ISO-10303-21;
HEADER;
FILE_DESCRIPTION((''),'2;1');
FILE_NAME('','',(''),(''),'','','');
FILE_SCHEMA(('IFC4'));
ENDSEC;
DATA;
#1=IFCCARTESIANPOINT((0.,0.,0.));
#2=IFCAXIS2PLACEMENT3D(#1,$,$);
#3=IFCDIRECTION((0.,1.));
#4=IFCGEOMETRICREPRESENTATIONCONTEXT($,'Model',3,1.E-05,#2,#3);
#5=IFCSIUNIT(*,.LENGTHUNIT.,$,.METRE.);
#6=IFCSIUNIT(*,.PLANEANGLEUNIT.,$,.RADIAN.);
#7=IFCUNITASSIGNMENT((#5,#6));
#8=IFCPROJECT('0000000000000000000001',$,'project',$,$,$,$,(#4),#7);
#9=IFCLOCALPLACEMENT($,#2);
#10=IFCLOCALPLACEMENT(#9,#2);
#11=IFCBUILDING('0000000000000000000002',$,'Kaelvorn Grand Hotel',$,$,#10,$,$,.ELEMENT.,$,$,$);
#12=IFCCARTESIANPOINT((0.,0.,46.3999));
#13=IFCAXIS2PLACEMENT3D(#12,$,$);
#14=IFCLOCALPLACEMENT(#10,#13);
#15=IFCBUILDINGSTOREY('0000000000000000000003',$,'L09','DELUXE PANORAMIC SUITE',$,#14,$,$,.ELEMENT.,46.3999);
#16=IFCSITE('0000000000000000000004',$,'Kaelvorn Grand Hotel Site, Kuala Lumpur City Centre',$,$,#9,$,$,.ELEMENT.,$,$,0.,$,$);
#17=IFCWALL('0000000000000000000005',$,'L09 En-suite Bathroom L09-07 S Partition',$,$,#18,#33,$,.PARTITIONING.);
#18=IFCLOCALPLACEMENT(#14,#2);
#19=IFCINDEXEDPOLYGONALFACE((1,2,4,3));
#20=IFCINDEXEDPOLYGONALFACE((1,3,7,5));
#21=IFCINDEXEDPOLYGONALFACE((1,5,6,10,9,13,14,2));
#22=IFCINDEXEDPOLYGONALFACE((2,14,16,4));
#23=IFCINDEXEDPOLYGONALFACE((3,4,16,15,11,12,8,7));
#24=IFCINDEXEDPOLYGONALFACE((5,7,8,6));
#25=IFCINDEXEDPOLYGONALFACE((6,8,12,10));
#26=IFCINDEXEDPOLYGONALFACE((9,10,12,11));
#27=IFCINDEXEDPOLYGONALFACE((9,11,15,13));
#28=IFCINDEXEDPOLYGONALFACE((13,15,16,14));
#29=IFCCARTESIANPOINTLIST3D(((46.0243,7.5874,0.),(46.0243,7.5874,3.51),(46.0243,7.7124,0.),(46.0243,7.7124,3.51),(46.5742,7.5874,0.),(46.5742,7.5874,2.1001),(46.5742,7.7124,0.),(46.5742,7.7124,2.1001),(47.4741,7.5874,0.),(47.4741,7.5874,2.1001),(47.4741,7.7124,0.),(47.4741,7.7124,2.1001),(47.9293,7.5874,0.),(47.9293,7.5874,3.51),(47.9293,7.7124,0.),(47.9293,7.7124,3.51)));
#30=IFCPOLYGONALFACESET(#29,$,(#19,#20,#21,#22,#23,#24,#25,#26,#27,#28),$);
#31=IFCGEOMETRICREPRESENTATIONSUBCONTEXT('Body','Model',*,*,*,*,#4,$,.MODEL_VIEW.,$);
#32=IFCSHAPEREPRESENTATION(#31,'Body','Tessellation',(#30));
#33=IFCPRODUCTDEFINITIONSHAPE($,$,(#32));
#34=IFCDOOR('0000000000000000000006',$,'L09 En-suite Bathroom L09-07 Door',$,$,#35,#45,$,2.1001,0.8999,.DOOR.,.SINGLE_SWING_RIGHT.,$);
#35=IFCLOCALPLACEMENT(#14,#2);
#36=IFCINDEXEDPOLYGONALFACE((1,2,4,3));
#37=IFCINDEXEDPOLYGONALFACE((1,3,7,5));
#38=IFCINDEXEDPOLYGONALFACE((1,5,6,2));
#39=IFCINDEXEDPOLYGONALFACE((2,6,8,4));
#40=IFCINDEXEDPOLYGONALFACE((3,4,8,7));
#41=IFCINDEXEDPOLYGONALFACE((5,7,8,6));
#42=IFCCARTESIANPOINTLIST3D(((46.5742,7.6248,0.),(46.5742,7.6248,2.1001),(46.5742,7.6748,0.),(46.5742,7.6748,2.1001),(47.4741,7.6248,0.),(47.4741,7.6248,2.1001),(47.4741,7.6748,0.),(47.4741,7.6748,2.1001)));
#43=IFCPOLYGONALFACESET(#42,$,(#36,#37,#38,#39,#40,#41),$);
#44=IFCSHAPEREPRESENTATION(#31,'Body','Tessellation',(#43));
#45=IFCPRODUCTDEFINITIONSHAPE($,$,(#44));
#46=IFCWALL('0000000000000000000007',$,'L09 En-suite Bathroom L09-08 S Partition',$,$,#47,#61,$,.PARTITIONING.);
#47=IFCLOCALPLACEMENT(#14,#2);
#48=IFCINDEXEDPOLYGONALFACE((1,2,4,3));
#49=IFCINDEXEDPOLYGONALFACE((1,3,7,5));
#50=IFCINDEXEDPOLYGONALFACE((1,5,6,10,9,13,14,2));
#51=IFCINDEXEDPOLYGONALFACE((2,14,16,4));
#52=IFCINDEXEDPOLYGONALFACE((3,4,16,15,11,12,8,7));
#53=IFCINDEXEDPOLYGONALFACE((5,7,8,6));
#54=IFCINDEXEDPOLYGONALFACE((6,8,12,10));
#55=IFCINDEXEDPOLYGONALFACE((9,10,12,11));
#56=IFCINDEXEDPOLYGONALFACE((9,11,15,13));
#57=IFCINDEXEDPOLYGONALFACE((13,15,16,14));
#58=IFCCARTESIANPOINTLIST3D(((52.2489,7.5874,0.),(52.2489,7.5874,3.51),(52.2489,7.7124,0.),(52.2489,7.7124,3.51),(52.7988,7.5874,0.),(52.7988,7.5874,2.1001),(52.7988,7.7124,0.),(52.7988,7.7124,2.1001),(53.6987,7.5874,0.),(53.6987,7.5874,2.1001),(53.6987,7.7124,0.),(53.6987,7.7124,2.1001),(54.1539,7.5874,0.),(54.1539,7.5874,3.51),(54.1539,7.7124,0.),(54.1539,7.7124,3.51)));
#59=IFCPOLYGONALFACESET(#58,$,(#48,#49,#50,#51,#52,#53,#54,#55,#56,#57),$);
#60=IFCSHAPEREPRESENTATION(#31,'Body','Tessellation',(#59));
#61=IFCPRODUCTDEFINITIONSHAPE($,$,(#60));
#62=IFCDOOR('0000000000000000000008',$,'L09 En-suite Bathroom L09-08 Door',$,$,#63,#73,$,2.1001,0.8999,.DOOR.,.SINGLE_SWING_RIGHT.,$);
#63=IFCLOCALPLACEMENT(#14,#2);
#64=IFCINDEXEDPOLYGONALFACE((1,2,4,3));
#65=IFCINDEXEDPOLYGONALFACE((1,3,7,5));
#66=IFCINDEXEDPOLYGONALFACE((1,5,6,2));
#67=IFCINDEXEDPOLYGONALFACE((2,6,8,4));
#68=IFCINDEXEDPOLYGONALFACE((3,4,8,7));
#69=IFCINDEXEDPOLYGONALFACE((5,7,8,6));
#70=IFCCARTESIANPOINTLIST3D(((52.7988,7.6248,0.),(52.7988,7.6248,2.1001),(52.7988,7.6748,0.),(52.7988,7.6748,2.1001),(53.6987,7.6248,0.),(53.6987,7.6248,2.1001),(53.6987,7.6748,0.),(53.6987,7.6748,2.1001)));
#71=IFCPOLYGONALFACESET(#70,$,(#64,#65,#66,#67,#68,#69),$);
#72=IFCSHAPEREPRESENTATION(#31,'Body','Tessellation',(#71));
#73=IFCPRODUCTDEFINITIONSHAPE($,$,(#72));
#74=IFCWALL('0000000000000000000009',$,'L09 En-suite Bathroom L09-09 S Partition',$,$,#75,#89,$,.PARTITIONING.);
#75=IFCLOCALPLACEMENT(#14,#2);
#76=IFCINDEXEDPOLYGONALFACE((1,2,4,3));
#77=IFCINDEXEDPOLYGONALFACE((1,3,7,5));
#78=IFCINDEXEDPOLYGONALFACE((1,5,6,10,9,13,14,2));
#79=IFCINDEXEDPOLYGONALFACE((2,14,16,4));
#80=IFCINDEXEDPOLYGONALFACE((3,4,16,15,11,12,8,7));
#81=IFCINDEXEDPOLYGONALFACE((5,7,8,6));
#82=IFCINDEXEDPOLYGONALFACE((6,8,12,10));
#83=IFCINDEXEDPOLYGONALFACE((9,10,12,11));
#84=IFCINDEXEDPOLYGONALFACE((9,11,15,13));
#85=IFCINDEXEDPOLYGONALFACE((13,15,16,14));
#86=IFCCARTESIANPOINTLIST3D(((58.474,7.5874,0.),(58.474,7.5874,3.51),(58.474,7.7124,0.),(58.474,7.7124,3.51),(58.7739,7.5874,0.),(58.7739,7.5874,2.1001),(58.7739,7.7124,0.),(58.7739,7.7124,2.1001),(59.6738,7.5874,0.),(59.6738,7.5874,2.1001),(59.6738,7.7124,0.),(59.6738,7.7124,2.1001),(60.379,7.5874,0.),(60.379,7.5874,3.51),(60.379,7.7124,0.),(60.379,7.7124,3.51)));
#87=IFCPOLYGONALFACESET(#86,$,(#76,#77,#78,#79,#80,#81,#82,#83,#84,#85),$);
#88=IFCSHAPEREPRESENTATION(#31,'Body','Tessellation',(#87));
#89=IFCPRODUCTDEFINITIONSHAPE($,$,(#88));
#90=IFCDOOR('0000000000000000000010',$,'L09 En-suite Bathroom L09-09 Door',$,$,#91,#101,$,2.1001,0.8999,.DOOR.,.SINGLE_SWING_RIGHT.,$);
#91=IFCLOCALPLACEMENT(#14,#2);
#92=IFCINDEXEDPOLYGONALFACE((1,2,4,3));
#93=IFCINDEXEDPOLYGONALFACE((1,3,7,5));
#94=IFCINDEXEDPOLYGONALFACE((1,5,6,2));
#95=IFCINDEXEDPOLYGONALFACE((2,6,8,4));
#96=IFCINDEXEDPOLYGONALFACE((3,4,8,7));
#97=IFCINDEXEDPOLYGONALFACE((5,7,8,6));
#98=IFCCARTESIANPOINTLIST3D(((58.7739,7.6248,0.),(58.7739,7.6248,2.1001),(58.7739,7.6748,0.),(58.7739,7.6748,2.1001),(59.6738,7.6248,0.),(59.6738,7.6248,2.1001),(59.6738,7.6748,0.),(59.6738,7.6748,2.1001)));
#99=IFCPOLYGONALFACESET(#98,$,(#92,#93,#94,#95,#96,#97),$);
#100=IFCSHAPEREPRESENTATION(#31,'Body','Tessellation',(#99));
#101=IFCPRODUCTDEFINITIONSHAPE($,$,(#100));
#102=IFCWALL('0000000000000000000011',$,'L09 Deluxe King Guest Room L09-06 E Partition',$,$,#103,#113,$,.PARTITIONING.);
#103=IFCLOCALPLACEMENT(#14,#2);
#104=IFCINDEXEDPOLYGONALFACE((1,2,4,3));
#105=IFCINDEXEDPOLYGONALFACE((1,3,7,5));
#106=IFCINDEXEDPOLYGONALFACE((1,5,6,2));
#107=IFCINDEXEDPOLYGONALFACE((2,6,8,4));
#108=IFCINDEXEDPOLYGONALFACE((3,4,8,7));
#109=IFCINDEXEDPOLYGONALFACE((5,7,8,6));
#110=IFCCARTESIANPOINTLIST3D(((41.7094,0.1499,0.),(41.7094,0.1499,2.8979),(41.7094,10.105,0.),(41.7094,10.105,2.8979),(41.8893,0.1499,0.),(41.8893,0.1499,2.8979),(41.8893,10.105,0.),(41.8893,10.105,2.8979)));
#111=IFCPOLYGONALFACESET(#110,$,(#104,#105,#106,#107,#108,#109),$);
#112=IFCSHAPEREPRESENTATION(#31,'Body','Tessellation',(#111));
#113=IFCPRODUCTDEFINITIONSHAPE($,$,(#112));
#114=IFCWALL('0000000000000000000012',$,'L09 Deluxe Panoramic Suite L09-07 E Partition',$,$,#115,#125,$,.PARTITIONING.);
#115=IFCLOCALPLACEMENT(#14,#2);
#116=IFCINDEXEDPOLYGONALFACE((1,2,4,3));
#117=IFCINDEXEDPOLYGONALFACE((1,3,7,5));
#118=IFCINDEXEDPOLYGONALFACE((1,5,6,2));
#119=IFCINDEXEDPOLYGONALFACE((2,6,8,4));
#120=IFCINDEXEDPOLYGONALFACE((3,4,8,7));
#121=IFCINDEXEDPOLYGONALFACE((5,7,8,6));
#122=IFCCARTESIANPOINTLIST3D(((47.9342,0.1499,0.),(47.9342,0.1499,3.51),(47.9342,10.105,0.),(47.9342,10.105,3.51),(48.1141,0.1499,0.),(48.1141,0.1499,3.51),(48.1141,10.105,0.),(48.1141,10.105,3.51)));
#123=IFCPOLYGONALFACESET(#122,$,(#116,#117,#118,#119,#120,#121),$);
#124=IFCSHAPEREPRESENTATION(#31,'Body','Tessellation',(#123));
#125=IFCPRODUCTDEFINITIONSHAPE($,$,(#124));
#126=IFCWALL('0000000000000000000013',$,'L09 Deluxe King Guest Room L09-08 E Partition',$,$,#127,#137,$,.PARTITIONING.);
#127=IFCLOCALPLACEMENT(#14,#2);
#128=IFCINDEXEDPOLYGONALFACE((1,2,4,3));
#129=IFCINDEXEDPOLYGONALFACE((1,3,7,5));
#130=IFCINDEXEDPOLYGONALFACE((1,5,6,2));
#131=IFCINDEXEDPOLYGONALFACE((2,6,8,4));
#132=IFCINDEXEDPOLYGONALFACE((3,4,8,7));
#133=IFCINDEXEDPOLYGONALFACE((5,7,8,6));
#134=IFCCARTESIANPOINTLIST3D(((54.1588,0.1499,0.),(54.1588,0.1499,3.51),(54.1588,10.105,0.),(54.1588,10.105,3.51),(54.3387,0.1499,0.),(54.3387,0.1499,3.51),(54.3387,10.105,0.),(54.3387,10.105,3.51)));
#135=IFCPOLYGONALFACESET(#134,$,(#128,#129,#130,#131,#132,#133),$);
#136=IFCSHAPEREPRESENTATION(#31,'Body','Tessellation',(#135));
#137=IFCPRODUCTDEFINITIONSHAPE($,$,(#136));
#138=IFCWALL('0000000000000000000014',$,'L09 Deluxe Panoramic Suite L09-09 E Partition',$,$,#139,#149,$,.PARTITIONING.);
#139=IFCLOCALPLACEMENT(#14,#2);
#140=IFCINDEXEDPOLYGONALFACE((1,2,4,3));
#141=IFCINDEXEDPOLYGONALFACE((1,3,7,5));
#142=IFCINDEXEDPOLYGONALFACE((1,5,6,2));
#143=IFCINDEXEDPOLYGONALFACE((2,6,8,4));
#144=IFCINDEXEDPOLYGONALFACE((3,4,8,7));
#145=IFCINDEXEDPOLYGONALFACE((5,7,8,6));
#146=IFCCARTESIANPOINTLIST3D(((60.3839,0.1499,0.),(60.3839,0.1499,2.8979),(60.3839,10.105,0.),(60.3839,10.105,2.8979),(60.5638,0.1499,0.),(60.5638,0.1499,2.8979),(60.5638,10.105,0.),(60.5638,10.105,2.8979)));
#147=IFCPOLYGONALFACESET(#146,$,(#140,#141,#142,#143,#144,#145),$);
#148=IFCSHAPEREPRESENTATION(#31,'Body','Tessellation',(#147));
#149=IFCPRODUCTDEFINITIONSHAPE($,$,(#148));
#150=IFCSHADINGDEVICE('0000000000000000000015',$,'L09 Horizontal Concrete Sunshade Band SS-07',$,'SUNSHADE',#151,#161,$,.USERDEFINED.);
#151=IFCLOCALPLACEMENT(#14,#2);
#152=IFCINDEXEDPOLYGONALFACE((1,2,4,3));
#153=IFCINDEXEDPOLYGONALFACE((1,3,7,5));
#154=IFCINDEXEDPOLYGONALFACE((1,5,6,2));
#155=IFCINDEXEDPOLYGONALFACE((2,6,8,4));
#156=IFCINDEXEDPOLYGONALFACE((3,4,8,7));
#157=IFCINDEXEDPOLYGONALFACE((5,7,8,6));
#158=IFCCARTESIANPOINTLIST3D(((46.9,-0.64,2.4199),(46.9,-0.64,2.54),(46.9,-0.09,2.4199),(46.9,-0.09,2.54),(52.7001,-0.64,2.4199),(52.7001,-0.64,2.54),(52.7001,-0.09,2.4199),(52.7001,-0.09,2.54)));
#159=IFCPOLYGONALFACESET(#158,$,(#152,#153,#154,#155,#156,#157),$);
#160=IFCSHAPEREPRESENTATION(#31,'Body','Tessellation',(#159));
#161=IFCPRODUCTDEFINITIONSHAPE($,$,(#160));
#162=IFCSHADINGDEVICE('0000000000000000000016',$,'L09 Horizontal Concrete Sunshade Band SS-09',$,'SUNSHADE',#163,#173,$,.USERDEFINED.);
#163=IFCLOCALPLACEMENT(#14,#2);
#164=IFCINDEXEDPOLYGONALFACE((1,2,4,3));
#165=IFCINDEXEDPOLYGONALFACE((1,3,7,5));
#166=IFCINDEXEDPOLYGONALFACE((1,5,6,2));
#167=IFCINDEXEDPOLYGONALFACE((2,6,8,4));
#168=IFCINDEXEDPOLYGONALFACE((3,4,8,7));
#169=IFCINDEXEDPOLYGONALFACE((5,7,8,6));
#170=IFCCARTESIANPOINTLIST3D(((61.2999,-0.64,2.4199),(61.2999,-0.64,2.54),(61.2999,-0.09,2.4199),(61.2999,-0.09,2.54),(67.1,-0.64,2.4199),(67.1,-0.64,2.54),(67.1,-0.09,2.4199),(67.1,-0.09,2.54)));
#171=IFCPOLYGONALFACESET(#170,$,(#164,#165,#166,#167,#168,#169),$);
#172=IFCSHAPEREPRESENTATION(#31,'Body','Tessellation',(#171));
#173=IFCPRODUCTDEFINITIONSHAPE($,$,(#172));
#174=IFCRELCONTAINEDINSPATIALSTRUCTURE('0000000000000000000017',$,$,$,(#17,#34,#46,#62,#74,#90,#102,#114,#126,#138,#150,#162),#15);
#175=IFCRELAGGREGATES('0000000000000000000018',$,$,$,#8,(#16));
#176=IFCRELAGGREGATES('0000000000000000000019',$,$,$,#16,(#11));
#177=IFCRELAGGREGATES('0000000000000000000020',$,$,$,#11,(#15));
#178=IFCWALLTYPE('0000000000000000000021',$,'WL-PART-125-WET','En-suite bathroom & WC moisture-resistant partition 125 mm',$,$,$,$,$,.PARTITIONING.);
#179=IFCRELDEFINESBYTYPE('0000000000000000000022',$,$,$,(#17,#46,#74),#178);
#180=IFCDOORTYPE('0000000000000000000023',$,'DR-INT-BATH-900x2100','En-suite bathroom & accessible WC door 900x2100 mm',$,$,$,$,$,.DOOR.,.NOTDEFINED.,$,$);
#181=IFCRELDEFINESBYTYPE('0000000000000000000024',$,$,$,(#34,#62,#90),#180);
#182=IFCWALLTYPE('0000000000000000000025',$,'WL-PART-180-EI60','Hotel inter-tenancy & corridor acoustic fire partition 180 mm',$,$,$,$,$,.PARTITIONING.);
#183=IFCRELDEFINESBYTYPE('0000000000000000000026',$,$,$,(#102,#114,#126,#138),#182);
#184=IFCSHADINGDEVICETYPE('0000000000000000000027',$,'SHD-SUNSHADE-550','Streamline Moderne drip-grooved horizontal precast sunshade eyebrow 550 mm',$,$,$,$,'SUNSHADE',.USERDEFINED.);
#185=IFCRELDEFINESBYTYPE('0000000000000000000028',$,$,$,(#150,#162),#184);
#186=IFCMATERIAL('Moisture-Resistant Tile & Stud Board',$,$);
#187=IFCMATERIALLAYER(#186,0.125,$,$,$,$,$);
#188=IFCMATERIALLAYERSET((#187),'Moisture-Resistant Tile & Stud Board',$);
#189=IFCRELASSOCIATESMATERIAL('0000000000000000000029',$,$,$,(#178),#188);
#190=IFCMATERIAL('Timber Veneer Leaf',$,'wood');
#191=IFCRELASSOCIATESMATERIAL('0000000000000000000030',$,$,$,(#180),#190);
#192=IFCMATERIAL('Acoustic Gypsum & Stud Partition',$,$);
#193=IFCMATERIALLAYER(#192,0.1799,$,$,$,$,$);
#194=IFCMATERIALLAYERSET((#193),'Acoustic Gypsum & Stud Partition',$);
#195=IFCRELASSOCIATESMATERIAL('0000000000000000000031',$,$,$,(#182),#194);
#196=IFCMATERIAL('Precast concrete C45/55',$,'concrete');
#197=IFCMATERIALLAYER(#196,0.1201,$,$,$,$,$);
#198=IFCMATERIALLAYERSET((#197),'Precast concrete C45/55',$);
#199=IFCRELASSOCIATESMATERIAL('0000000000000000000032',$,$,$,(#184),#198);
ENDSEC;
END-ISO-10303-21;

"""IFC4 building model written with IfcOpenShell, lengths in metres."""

from ifc_helpers import new_model, si_unit, direction, frame, frame_2d, origin, origin_2d, place, context, subcontext, project, spatial, rectangle, extrude, material, layer, layer_set, type_object, element, fill, save


model = new_model("IFC4")

# Units and contexts
model_context = context("Model", 3, precision=1e-05, world=origin(), true_north=direction((0.0, 1.0)))
body_context = subcontext(model_context, "Body", "Model", "MODEL_VIEW")
ifc_project = project(units=[si_unit("LENGTHUNIT", "METRE"), si_unit("PLANEANGLEUNIT", "RADIAN")], contexts=[model_context])

# Site, building, storey
site_placement = place(None, origin())
site = spatial("IfcSite", under=ifc_project, at=site_placement, Name="Kaelvorn Grand Hotel Site, Kuala Lumpur City Centre", CompositionType="ELEMENT", RefElevation=0.0)
building_placement = place(site_placement, origin())
building = spatial("IfcBuilding", under=site, at=building_placement, Name="Kaelvorn Grand Hotel", CompositionType="ELEMENT")
storey_placement = place(building_placement, frame((0.0, 0.0, 46.3999)))
storey = spatial("IfcBuildingStorey", under=building, at=storey_placement, Name="L09", Description="DELUXE PANORAMIC SUITE", CompositionType="ELEMENT", Elevation=46.3999)

# Walls, openings, doors
ifc_material_1 = material(Name="Moisture-Resistant Tile & Stud Board")
ifc_layer_1 = layer(ifc_material_1, 0.125)
ifc_layer_set_1 = layer_set([ifc_layer_1], Name="Moisture-Resistant Tile & Stud Board")
wall_type_1 = type_object("IfcWallType", Name="WL-PART-125-WET", Description="En-suite bathroom & WC moisture-resistant partition 125 mm", PredefinedType="PARTITIONING", material=ifc_layer_set_1)
wall_1_placement = place(storey_placement, frame((46.0242, 7.6499, 0.0), z_axis=(0.0, 0.0, 1.0), x_axis=(1.0, 0.0, 0.0)))
wall_1 = element("IfcWall", 1, at=wall_1_placement, inside=storey, type_object=wall_type_1, Name="L09 En-suite Bathroom L09-07 S Partition", PredefinedType="PARTITIONING", context=body_context, shape_type="SweptSolid", body=[
    extrude(rectangle(XDim=1.905, YDim=0.125, at=frame_2d((0.9526, 0.0))), origin(), (0.0, 0.0, 1.0), 3.51),
])
opening_1_placement = place(wall_1_placement, frame((0.55, 0.0, 0.0)))
opening_1 = element("IfcOpeningElement", 2, at=opening_1_placement, cuts=wall_1, PredefinedType="OPENING", context=body_context, shape_type="SweptSolid", body=[
    extrude(rectangle(XDim=0.8999, YDim=2.1001, at=frame_2d((0.45, 1.05))), frame((0.0, 0.0725, 0.0), z_axis=(0.0, -1.0, 0.0), x_axis=(1.0, 0.0, 0.0)), (0.0, 0.0, 1.0), 0.145),
])
ifc_material_2 = material(Name="Timber Veneer Leaf", Category="wood")
door_type = type_object("IfcDoorType", Name="DR-INT-BATH-900x2100", Description="En-suite bathroom & accessible WC door 900x2100 mm", OperationType="NOTDEFINED", PredefinedType="DOOR", material=ifc_material_2)
door_1_placement = place(opening_1_placement, origin())
door_1 = element("IfcDoor", 3, at=door_1_placement, inside=storey, type_object=door_type, Name="L09 En-suite Bathroom L09-07 Door", OperationType="SINGLE_SWING_RIGHT", OverallHeight=2.1001, OverallWidth=0.8999, PredefinedType="DOOR", context=body_context, shape_type="SweptSolid", body=[
    extrude(rectangle(XDim=0.8999, YDim=2.1001, at=frame_2d((0.45, 1.05))), frame((0.0, 0.0249, 0.0), z_axis=(0.0, -1.0, 0.0), x_axis=(1.0, 0.0, 0.0)), (0.0, 0.0, 1.0), 0.05),
])
fill(opening_1, door_1)
wall_2_placement = place(storey_placement, frame((52.2488, 7.6499, 0.0), z_axis=(0.0, 0.0, 1.0), x_axis=(1.0, 0.0, 0.0)))
wall_2 = element("IfcWall", 4, at=wall_2_placement, inside=storey, type_object=wall_type_1, Name="L09 En-suite Bathroom L09-08 S Partition", PredefinedType="PARTITIONING", context=body_context, shape_type="SweptSolid", body=[
    extrude(rectangle(XDim=1.905, YDim=0.125, at=frame_2d((0.9526, 0.0))), origin(), (0.0, 0.0, 1.0), 3.51),
])
opening_2_placement = place(wall_2_placement, frame((0.55, 0.0, 0.0)))
opening_2 = element("IfcOpeningElement", 5, at=opening_2_placement, cuts=wall_2, PredefinedType="OPENING", context=body_context, shape_type="SweptSolid", body=[
    extrude(rectangle(XDim=0.8999, YDim=2.1001, at=frame_2d((0.45, 1.05))), frame((0.0, 0.0725, 0.0), z_axis=(0.0, -1.0, 0.0), x_axis=(1.0, 0.0, 0.0)), (0.0, 0.0, 1.0), 0.145),
])
door_2_placement = place(opening_2_placement, origin())
door_2 = element("IfcDoor", 6, at=door_2_placement, inside=storey, type_object=door_type, Name="L09 En-suite Bathroom L09-08 Door", OperationType="SINGLE_SWING_RIGHT", OverallHeight=2.1001, OverallWidth=0.8999, PredefinedType="DOOR", context=body_context, shape_type="SweptSolid", body=[
    extrude(rectangle(XDim=0.8999, YDim=2.1001, at=frame_2d((0.45, 1.05))), frame((0.0, 0.0249, 0.0), z_axis=(0.0, -1.0, 0.0), x_axis=(1.0, 0.0, 0.0)), (0.0, 0.0, 1.0), 0.05),
])
fill(opening_2, door_2)
wall_3_placement = place(storey_placement, frame((58.4739, 7.6499, 0.0), z_axis=(0.0, 0.0, 1.0), x_axis=(1.0, 0.0, 0.0)))
wall_3 = element("IfcWall", 7, at=wall_3_placement, inside=storey, type_object=wall_type_1, Name="L09 En-suite Bathroom L09-09 S Partition", PredefinedType="PARTITIONING", context=body_context, shape_type="SweptSolid", body=[
    extrude(rectangle(XDim=1.905, YDim=0.125, at=frame_2d((0.9526, 0.0))), origin(), (0.0, 0.0, 1.0), 3.51),
])
opening_3_placement = place(wall_3_placement, frame((0.3, 0.0, 0.0)))
opening_3 = element("IfcOpeningElement", 8, at=opening_3_placement, cuts=wall_3, PredefinedType="OPENING", context=body_context, shape_type="SweptSolid", body=[
    extrude(rectangle(XDim=0.8999, YDim=2.1001, at=frame_2d((0.45, 1.05))), frame((0.0, 0.0725, 0.0), z_axis=(0.0, -1.0, 0.0), x_axis=(1.0, 0.0, 0.0)), (0.0, 0.0, 1.0), 0.145),
])
door_3_placement = place(opening_3_placement, origin())
door_3 = element("IfcDoor", 9, at=door_3_placement, inside=storey, type_object=door_type, Name="L09 En-suite Bathroom L09-09 Door", OperationType="SINGLE_SWING_RIGHT", OverallHeight=2.1001, OverallWidth=0.8999, PredefinedType="DOOR", context=body_context, shape_type="SweptSolid", body=[
    extrude(rectangle(XDim=0.8999, YDim=2.1001, at=frame_2d((0.45, 1.05))), frame((0.0, 0.0249, 0.0), z_axis=(0.0, -1.0, 0.0), x_axis=(1.0, 0.0, 0.0)), (0.0, 0.0, 1.0), 0.05),
])
fill(opening_3, door_3)

# Walls
ifc_material_3 = material(Name="Acoustic Gypsum & Stud Partition")
ifc_layer_2 = layer(ifc_material_3, 0.1799)
ifc_layer_set_2 = layer_set([ifc_layer_2], Name="Acoustic Gypsum & Stud Partition")
wall_type_2 = type_object("IfcWallType", Name="WL-PART-180-EI60", Description="Hotel inter-tenancy & corridor acoustic fire partition 180 mm", PredefinedType="PARTITIONING", material=ifc_layer_set_2)
wall_4_placement = place(storey_placement, frame((41.7993, 0.1499, 0.0), z_axis=(0.0, 0.0, 1.0), x_axis=(0.0, 1.0, 0.0)))
element("IfcWall", 10, at=wall_4_placement, inside=storey, type_object=wall_type_2, Name="L09 Deluxe King Guest Room L09-06 E Partition", PredefinedType="PARTITIONING", context=body_context, shape_type="SweptSolid", body=[
    extrude(rectangle(XDim=9.9551, YDim=0.1799, at=frame_2d((4.9775, 0.0))), origin(), (0.0, 0.0, 1.0), 2.8979),
])
for number, where, z_axis, x_axis, name in (
    (11, (48.0242, 0.1499, 0.0), (0.0, 0.0, 1.0), (0.0, 1.0, 0.0), "L09 Deluxe Panoramic Suite L09-07 E Partition"),
    (12, (54.2488, 0.1499, 0.0), (0.0, 0.0, 1.0), (0.0, 1.0, 0.0), "L09 Deluxe King Guest Room L09-08 E Partition"),
):
    element("IfcWall", number, at=place(storey_placement, frame(where, z_axis=z_axis, x_axis=x_axis)), inside=storey, type_object=wall_type_2, Name=name, PredefinedType="PARTITIONING", context=body_context, shape_type="SweptSolid", body=[
        extrude(rectangle(XDim=9.9551, YDim=0.1799, at=frame_2d((4.9775, 0.0))), origin(), (0.0, 0.0, 1.0), 3.51),
    ])
wall_5_placement = place(storey_placement, frame((60.4739, 0.1499, 0.0), z_axis=(0.0, 0.0, 1.0), x_axis=(0.0, 1.0, 0.0)))
element("IfcWall", 13, at=wall_5_placement, inside=storey, type_object=wall_type_2, Name="L09 Deluxe Panoramic Suite L09-09 E Partition", PredefinedType="PARTITIONING", context=body_context, shape_type="SweptSolid", body=[
    extrude(rectangle(XDim=9.9551, YDim=0.1799, at=frame_2d((4.9775, 0.0))), origin(), (0.0, 0.0, 1.0), 2.8979),
])

# Shading devices
ifc_material_4 = material(Name="Precast concrete C45/55", Category="concrete")
ifc_layer_3 = layer(ifc_material_4, 0.1201)
ifc_layer_set_3 = layer_set([ifc_layer_3], Name="Precast concrete C45/55")
shading_device_type_1 = type_object("IfcShadingDeviceType", Name="SHD-SUNSHADE-550", Description="Streamline Moderne drip-grooved horizontal precast sunshade eyebrow 550 mm", ElementType="SUNSHADE", PredefinedType="USERDEFINED", material=ifc_layer_set_3)
for number, where, z_axis, x_axis, name in (
    (14, (49.8, -0.365, 2.4199), (0.0, 0.0, 1.0), (1.0, 0.0, 0.0), "L09 Horizontal Concrete Sunshade Band SS-07"),
    (15, (64.2, -0.365, 2.4199), (0.0, 0.0, 1.0), (1.0, 0.0, 0.0), "L09 Horizontal Concrete Sunshade Band SS-09"),
):
    element("IfcShadingDevice", number, at=place(storey_placement, frame(where, z_axis=z_axis, x_axis=x_axis)), inside=storey, type_object=shading_device_type_1, Name=name, ObjectType="SUNSHADE", PredefinedType="USERDEFINED", context=body_context, shape_type="SweptSolid", body=[
        extrude(rectangle(XDim=5.8, YDim=0.55, at=origin_2d()), origin(), (0.0, 0.0, 1.0), 0.1201),
    ])

save(model, "model.ifc")
